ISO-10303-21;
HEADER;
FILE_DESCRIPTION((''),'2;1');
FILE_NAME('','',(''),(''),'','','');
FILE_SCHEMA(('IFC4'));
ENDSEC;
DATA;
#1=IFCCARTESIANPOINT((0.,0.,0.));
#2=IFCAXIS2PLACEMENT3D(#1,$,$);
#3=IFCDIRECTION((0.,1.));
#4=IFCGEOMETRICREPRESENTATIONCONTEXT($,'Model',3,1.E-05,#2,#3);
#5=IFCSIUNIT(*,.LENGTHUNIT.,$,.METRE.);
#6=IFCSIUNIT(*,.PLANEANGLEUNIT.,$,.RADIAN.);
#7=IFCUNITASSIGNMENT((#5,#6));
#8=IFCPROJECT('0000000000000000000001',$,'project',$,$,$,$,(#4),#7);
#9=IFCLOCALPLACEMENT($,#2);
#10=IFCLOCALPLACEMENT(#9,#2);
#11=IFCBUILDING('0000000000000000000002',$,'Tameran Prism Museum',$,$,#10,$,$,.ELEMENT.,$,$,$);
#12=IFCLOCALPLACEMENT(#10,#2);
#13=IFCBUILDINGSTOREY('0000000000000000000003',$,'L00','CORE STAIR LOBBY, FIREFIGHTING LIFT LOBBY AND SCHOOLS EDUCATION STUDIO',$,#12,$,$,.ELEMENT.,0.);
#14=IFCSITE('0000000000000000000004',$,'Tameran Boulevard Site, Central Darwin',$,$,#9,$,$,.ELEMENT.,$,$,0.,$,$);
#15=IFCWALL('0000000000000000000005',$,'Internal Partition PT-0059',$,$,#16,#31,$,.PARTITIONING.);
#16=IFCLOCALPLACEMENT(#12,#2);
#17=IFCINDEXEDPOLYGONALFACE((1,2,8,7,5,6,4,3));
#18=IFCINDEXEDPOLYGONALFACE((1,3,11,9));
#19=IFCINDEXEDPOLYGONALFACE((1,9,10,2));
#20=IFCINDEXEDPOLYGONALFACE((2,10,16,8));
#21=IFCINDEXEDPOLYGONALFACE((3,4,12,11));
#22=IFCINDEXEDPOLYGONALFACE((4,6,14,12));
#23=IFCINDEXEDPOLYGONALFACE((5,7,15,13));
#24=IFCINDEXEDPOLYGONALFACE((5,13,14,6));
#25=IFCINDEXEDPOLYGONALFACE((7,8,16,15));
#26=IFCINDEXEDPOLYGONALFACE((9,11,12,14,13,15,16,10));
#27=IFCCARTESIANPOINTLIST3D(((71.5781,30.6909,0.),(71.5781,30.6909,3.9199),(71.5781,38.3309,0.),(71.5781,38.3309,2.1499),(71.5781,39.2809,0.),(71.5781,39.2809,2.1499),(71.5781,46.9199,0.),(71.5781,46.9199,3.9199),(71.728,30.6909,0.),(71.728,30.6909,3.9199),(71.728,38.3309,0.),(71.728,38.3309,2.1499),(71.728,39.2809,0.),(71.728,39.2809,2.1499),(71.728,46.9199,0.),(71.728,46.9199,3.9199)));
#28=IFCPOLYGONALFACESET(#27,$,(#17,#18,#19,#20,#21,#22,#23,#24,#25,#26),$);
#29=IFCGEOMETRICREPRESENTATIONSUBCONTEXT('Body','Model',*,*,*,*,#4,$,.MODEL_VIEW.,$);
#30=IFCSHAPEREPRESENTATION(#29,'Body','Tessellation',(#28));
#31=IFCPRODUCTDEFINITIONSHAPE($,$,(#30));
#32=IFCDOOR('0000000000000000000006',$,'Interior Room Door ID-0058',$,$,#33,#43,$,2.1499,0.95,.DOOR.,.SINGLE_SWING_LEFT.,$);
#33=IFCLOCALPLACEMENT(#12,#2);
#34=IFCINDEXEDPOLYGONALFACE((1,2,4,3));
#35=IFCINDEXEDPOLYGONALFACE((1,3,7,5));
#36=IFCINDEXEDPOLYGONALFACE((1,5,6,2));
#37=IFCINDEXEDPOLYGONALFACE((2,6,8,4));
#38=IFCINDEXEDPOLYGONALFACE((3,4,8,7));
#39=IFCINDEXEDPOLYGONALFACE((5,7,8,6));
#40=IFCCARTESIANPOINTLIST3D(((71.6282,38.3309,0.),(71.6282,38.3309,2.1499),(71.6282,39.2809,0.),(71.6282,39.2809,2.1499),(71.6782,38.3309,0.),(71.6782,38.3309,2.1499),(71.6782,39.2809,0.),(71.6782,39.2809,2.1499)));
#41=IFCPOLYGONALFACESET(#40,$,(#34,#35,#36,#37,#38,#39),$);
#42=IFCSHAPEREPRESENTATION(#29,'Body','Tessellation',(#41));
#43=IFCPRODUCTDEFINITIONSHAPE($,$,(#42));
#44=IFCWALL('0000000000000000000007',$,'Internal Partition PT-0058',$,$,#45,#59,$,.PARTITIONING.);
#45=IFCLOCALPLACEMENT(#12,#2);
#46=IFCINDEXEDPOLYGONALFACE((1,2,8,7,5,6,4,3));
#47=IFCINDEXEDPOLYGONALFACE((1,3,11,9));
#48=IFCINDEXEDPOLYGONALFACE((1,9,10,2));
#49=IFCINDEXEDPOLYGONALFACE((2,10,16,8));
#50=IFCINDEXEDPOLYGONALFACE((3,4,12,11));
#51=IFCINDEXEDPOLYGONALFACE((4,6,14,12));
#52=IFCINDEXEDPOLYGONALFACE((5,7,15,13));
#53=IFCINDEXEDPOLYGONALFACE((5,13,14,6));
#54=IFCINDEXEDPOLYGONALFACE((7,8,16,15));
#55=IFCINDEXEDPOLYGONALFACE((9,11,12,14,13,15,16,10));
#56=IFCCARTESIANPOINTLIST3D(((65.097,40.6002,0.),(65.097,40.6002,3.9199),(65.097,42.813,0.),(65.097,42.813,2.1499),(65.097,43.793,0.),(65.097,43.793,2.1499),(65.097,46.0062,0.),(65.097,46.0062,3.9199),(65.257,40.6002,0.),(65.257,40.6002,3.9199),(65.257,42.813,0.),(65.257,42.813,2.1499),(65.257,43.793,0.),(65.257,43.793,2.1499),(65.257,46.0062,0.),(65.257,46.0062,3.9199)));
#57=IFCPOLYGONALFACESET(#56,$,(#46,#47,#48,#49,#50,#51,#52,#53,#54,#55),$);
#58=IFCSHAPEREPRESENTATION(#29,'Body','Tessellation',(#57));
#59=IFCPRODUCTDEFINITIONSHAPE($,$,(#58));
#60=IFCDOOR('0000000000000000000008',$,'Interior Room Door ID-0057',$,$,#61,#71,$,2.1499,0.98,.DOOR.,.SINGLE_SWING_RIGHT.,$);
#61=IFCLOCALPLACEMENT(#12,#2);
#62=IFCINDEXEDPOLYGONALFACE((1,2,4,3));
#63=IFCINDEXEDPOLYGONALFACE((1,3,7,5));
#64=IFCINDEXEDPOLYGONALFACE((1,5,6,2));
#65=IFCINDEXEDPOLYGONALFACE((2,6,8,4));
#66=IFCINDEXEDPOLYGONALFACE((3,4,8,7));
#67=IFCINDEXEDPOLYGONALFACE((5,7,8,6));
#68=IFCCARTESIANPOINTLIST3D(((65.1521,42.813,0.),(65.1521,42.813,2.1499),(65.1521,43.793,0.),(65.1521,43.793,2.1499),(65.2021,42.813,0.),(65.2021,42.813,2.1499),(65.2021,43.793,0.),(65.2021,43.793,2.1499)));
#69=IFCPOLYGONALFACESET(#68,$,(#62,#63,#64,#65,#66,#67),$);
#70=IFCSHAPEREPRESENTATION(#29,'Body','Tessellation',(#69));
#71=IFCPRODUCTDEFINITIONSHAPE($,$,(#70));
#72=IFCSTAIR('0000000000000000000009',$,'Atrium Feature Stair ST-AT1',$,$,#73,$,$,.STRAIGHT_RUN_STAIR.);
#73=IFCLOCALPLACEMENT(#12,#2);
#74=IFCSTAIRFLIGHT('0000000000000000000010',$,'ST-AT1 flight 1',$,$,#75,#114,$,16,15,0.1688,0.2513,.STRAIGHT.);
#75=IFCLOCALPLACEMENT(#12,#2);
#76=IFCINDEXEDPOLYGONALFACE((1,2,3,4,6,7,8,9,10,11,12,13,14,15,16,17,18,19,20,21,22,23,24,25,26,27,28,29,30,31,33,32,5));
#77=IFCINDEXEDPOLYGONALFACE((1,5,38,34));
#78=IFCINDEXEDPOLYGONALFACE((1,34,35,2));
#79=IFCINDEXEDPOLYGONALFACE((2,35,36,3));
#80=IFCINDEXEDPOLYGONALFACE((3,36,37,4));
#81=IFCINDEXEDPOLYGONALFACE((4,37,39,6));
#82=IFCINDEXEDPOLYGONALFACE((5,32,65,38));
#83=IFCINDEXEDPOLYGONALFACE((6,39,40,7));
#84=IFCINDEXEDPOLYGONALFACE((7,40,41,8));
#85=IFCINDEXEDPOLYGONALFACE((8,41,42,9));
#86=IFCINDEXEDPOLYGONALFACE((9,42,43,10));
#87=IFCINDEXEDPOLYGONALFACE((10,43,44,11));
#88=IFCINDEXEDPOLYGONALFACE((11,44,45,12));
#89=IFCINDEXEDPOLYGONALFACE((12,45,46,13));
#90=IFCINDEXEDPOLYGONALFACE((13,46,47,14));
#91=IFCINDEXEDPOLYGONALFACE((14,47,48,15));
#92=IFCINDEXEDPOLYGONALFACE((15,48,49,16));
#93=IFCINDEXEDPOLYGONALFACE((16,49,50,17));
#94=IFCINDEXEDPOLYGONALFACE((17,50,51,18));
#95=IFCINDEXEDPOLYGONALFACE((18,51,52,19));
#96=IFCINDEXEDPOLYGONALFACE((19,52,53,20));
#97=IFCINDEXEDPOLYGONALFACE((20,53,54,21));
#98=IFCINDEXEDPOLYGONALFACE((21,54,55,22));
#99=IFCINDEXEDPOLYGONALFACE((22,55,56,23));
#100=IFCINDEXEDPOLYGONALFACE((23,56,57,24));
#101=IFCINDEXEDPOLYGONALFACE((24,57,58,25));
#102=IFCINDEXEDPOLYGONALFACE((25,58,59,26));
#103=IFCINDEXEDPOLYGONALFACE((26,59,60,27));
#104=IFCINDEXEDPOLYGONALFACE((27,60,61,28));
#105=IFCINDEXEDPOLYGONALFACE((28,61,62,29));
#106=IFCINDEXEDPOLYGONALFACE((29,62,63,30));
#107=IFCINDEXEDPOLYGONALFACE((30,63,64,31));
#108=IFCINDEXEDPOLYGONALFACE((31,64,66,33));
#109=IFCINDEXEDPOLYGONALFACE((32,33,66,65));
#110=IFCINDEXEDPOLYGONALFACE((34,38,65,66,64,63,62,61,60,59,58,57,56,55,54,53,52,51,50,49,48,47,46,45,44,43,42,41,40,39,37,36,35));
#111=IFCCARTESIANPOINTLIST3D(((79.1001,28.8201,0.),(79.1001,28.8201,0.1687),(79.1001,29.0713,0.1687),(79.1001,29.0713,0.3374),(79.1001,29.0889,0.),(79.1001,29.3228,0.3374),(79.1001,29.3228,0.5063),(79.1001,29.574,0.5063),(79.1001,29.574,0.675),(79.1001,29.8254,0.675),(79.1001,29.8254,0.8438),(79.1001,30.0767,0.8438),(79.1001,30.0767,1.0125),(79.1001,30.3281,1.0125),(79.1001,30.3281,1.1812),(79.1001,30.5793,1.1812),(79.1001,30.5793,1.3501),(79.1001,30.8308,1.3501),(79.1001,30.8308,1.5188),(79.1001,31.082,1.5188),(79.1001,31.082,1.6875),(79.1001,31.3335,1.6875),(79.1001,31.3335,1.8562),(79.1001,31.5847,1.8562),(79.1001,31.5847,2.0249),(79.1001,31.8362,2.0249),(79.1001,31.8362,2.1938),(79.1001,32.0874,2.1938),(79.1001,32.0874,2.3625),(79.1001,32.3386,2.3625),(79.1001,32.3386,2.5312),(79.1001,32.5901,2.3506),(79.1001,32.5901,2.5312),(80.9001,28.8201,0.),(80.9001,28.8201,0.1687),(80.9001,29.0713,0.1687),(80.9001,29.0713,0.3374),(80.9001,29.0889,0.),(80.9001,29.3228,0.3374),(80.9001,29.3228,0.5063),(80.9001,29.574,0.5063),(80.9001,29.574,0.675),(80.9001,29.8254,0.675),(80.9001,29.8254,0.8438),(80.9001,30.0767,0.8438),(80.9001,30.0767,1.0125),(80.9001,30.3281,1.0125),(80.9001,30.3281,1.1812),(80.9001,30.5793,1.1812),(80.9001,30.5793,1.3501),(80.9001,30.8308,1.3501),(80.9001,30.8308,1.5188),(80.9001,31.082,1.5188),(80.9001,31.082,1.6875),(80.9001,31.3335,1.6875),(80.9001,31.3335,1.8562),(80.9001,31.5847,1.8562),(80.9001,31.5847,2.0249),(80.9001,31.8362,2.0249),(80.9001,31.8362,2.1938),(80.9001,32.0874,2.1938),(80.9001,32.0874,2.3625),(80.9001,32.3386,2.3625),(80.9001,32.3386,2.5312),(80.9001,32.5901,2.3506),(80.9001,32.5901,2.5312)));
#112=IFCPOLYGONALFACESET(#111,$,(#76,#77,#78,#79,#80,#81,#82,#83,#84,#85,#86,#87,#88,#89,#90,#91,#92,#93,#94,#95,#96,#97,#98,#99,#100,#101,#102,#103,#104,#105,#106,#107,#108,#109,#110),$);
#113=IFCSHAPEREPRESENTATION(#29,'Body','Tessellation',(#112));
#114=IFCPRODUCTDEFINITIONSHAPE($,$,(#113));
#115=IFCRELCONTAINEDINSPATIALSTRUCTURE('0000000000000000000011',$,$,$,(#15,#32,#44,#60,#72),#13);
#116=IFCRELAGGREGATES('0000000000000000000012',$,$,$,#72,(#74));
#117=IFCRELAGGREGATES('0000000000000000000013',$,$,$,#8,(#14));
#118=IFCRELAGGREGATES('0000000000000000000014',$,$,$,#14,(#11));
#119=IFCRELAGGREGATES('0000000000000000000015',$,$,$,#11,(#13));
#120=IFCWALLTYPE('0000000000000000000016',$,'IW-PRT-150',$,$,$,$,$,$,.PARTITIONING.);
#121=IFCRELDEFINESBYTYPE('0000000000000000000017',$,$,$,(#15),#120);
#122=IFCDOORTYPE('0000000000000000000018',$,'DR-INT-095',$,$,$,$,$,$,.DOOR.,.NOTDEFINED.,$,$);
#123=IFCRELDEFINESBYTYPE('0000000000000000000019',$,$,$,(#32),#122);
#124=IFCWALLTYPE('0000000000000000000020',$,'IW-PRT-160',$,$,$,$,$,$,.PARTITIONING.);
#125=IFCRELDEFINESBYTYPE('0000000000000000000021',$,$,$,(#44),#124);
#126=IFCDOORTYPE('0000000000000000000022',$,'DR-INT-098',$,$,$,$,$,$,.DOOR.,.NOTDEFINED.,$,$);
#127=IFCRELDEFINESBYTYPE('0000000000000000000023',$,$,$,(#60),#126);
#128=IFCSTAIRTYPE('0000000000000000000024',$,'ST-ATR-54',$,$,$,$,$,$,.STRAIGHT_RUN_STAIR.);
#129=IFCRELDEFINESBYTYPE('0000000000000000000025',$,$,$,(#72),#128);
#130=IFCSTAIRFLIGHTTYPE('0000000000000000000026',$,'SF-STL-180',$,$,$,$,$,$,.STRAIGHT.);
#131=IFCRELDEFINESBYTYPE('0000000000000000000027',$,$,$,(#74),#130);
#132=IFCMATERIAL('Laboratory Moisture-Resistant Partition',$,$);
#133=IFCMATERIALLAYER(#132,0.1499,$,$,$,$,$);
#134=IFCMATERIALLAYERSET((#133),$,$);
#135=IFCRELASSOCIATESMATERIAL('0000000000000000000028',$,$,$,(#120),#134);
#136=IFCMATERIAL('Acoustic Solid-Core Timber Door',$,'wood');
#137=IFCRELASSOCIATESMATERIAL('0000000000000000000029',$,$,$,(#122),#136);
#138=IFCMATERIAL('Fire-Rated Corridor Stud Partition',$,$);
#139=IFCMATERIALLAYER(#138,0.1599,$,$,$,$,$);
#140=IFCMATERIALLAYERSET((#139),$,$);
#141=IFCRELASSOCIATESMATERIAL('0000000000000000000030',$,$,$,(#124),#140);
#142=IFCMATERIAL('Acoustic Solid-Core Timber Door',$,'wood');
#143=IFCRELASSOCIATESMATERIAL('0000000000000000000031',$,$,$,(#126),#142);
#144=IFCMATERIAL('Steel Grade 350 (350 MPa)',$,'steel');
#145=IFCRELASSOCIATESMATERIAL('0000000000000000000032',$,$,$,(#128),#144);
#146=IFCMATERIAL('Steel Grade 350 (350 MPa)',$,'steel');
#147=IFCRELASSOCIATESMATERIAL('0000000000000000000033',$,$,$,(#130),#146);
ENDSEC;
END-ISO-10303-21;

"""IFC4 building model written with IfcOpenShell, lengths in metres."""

from ifc_helpers import new_model, si_unit, direction, frame, frame_2d, origin, place, context, subcontext, project, spatial, polyline, rectangle, outline, extrude, material, layer, layer_set, type_object, element, fill, aggregate, save


model = new_model("IFC4")

# Units and contexts
model_context = context("Model", 3, precision=1e-05, world=origin(), true_north=direction((0.0, 1.0)))
body_context = subcontext(model_context, "Body", "Model", "MODEL_VIEW")
ifc_project = project(units=[si_unit("LENGTHUNIT", "METRE"), si_unit("PLANEANGLEUNIT", "RADIAN")], contexts=[model_context])

# Site, building, storey
site_placement = place(None, origin())
site = spatial("IfcSite", under=ifc_project, at=site_placement, Name="Tameran Boulevard Site, Central Darwin", CompositionType="ELEMENT", RefElevation=0.0)
building_placement = place(site_placement, origin())
building = spatial("IfcBuilding", under=site, at=building_placement, Name="Tameran Prism Museum", CompositionType="ELEMENT")
storey_placement = place(building_placement, origin())
storey = spatial("IfcBuildingStorey", under=building, at=storey_placement, Name="L00", Description="CORE STAIR LOBBY, FIREFIGHTING LIFT LOBBY AND SCHOOLS EDUCATION STUDIO", CompositionType="ELEMENT", Elevation=0.0)

# Walls, openings, doors
ifc_material_1 = material(Name="Laboratory Moisture-Resistant Partition")
ifc_layer_1 = layer(ifc_material_1, 0.1499)
ifc_layer_set_1 = layer_set([ifc_layer_1])
wall_type_1 = type_object("IfcWallType", Name="IW-PRT-150", PredefinedType="PARTITIONING", material=ifc_layer_set_1)
wall_1_placement = place(storey_placement, frame((71.6531, 30.6909, 0.0), z_axis=(0.0, 0.0, 1.0), x_axis=(0.0, 1.0, 0.0)))
wall_1 = element("IfcWall", 1, at=wall_1_placement, inside=storey, type_object=wall_type_1, Name="Internal Partition PT-0059", PredefinedType="PARTITIONING", context=body_context, shape_type="SweptSolid", body=[
    extrude(rectangle(XDim=16.229, YDim=0.1499, at=frame_2d((8.1145, 0.0))), origin(), (0.0, 0.0, 1.0), 3.9199),
])
opening_1_placement = place(wall_1_placement, frame((7.6399, 0.0, 0.0)))
opening_1 = element("IfcOpeningElement", 2, at=opening_1_placement, cuts=wall_1, PredefinedType="OPENING", context=body_context, shape_type="SweptSolid", body=[
    extrude(rectangle(XDim=0.95, YDim=2.1499, at=frame_2d((0.4751, 1.075))), frame((0.0, 0.085, 0.0), z_axis=(0.0, -1.0, 0.0), x_axis=(1.0, 0.0, 0.0)), (0.0, 0.0, 1.0), 0.1699),
])
ifc_material_2 = material(Name="Acoustic Solid-Core Timber Door", Category="wood")
door_type_1 = type_object("IfcDoorType", Name="DR-INT-095", OperationType="NOTDEFINED", PredefinedType="DOOR", material=ifc_material_2)
door_1_placement = place(opening_1_placement, origin())
door_1 = element("IfcDoor", 3, at=door_1_placement, inside=storey, type_object=door_type_1, Name="Interior Room Door ID-0058", OperationType="SINGLE_SWING_LEFT", OverallHeight=2.1499, OverallWidth=0.95, PredefinedType="DOOR", context=body_context, shape_type="SweptSolid", body=[
    extrude(rectangle(XDim=0.95, YDim=2.1499, at=frame_2d((0.4751, 1.075))), frame((0.0, 0.0249, 0.0), z_axis=(0.0, -1.0, 0.0), x_axis=(1.0, 0.0, 0.0)), (0.0, 0.0, 1.0), 0.05),
])
fill(opening_1, door_1)
ifc_material_3 = material(Name="Fire-Rated Corridor Stud Partition")
ifc_layer_2 = layer(ifc_material_3, 0.1599)
ifc_layer_set_2 = layer_set([ifc_layer_2])
wall_type_2 = type_object("IfcWallType", Name="IW-PRT-160", PredefinedType="PARTITIONING", material=ifc_layer_set_2)
wall_2_placement = place(storey_placement, frame((65.177, 40.6001, 0.0), z_axis=(0.0, 0.0, 1.0), x_axis=(0.0, 1.0, 0.0)))
wall_2 = element("IfcWall", 4, at=wall_2_placement, inside=storey, type_object=wall_type_2, Name="Internal Partition PT-0058", PredefinedType="PARTITIONING", context=body_context, shape_type="SweptSolid", body=[
    extrude(rectangle(XDim=5.406, YDim=0.1599, at=frame_2d((2.7031, 0.0))), origin(), (0.0, 0.0, 1.0), 3.9199),
])
opening_2_placement = place(wall_2_placement, frame((2.2129, 0.0, 0.0)))
opening_2 = element("IfcOpeningElement", 5, at=opening_2_placement, cuts=wall_2, PredefinedType="OPENING", context=body_context, shape_type="SweptSolid", body=[
    extrude(rectangle(XDim=0.98, YDim=2.1499, at=frame_2d((0.49, 1.075))), frame((0.0, 0.0898, 0.0), z_axis=(0.0, -1.0, 0.0), x_axis=(1.0, 0.0, 0.0)), (0.0, 0.0, 1.0), 0.1799),
])
ifc_material_4 = material(Name="Acoustic Solid-Core Timber Door", Category="wood")
door_type_2 = type_object("IfcDoorType", Name="DR-INT-098", OperationType="NOTDEFINED", PredefinedType="DOOR", material=ifc_material_4)
door_2_placement = place(opening_2_placement, origin())
door_2 = element("IfcDoor", 6, at=door_2_placement, inside=storey, type_object=door_type_2, Name="Interior Room Door ID-0057", OperationType="SINGLE_SWING_RIGHT", OverallHeight=2.1499, OverallWidth=0.98, PredefinedType="DOOR", context=body_context, shape_type="SweptSolid", body=[
    extrude(rectangle(XDim=0.98, YDim=2.1499, at=frame_2d((0.49, 1.075))), frame((0.0, 0.0249, 0.0), z_axis=(0.0, -1.0, 0.0), x_axis=(1.0, 0.0, 0.0)), (0.0, 0.0, 1.0), 0.05),
])
fill(opening_2, door_2)

# Stair, stair flight
ifc_material_5 = material(Name="Steel Grade 350 (350 MPa)", Category="steel")
stair_type = type_object("IfcStairType", Name="ST-ATR-54", PredefinedType="STRAIGHT_RUN_STAIR", material=ifc_material_5)
stair_placement = place(storey_placement, origin())
stair = element("IfcStair", 7, at=stair_placement, inside=storey, type_object=stair_type, Name="Atrium Feature Stair ST-AT1", PredefinedType="STRAIGHT_RUN_STAIR")
ifc_material_6 = material(Name="Steel Grade 350 (350 MPa)", Category="steel")
stair_flight_type = type_object("IfcStairFlightType", Name="SF-STL-180", PredefinedType="STRAIGHT", material=ifc_material_6)
stair_flight_placement = place(storey_placement, frame((80.0, 28.8201, 0.0), z_axis=(0.0, 0.0, 1.0), x_axis=(0.0, 1.0, 0.0)))
stair_flight = element("IfcStairFlight", 8, at=stair_flight_placement, type_object=stair_flight_type, Name="ST-AT1 flight 1", NumberOfRisers=16, NumberOfTreads=15, PredefinedType="STRAIGHT", RiserHeight=0.1688, TreadLength=0.2513, context=body_context, shape_type="SweptSolid", body=[
    extrude(outline(polyline([(0.0, 0.0), (0.0, 0.1687), (0.2512, 0.1687), (0.2512, 0.3374), (0.5027, 0.3374), (0.5027, 0.5063), (0.7539, 0.5063), (0.7539, 0.675), (1.0054, 0.675), (1.0054, 0.8438), (1.2566, 0.8438), (1.2566, 1.0125), (1.5081, 1.0125), (1.5081, 1.1812), (1.7593, 1.1812), (1.7593, 1.3501), (2.0107, 1.3501), (2.0107, 1.5188), (2.262, 1.5188), (2.262, 1.6875), (2.5134, 1.6875), (2.5134, 1.8562), (2.7646, 1.8562), (2.7646, 2.0249), (3.0161, 2.0249), (3.0161, 2.1938), (3.2673, 2.1938), (3.2673, 2.3625), (3.5186, 2.3625), (3.5186, 2.5312), (3.77, 2.5312), (3.77, 2.7), (3.77, 2.3506), (0.2688, 0.0), (0.0, 0.0)])), frame((0.0, 0.8999, 0.0), z_axis=(0.0, -1.0, 0.0), x_axis=(1.0, 0.0, 0.0)), (0.0, 0.0, 1.0), 1.8),
])
aggregate(stair, [stair_flight])

save(model, "model.ifc")
